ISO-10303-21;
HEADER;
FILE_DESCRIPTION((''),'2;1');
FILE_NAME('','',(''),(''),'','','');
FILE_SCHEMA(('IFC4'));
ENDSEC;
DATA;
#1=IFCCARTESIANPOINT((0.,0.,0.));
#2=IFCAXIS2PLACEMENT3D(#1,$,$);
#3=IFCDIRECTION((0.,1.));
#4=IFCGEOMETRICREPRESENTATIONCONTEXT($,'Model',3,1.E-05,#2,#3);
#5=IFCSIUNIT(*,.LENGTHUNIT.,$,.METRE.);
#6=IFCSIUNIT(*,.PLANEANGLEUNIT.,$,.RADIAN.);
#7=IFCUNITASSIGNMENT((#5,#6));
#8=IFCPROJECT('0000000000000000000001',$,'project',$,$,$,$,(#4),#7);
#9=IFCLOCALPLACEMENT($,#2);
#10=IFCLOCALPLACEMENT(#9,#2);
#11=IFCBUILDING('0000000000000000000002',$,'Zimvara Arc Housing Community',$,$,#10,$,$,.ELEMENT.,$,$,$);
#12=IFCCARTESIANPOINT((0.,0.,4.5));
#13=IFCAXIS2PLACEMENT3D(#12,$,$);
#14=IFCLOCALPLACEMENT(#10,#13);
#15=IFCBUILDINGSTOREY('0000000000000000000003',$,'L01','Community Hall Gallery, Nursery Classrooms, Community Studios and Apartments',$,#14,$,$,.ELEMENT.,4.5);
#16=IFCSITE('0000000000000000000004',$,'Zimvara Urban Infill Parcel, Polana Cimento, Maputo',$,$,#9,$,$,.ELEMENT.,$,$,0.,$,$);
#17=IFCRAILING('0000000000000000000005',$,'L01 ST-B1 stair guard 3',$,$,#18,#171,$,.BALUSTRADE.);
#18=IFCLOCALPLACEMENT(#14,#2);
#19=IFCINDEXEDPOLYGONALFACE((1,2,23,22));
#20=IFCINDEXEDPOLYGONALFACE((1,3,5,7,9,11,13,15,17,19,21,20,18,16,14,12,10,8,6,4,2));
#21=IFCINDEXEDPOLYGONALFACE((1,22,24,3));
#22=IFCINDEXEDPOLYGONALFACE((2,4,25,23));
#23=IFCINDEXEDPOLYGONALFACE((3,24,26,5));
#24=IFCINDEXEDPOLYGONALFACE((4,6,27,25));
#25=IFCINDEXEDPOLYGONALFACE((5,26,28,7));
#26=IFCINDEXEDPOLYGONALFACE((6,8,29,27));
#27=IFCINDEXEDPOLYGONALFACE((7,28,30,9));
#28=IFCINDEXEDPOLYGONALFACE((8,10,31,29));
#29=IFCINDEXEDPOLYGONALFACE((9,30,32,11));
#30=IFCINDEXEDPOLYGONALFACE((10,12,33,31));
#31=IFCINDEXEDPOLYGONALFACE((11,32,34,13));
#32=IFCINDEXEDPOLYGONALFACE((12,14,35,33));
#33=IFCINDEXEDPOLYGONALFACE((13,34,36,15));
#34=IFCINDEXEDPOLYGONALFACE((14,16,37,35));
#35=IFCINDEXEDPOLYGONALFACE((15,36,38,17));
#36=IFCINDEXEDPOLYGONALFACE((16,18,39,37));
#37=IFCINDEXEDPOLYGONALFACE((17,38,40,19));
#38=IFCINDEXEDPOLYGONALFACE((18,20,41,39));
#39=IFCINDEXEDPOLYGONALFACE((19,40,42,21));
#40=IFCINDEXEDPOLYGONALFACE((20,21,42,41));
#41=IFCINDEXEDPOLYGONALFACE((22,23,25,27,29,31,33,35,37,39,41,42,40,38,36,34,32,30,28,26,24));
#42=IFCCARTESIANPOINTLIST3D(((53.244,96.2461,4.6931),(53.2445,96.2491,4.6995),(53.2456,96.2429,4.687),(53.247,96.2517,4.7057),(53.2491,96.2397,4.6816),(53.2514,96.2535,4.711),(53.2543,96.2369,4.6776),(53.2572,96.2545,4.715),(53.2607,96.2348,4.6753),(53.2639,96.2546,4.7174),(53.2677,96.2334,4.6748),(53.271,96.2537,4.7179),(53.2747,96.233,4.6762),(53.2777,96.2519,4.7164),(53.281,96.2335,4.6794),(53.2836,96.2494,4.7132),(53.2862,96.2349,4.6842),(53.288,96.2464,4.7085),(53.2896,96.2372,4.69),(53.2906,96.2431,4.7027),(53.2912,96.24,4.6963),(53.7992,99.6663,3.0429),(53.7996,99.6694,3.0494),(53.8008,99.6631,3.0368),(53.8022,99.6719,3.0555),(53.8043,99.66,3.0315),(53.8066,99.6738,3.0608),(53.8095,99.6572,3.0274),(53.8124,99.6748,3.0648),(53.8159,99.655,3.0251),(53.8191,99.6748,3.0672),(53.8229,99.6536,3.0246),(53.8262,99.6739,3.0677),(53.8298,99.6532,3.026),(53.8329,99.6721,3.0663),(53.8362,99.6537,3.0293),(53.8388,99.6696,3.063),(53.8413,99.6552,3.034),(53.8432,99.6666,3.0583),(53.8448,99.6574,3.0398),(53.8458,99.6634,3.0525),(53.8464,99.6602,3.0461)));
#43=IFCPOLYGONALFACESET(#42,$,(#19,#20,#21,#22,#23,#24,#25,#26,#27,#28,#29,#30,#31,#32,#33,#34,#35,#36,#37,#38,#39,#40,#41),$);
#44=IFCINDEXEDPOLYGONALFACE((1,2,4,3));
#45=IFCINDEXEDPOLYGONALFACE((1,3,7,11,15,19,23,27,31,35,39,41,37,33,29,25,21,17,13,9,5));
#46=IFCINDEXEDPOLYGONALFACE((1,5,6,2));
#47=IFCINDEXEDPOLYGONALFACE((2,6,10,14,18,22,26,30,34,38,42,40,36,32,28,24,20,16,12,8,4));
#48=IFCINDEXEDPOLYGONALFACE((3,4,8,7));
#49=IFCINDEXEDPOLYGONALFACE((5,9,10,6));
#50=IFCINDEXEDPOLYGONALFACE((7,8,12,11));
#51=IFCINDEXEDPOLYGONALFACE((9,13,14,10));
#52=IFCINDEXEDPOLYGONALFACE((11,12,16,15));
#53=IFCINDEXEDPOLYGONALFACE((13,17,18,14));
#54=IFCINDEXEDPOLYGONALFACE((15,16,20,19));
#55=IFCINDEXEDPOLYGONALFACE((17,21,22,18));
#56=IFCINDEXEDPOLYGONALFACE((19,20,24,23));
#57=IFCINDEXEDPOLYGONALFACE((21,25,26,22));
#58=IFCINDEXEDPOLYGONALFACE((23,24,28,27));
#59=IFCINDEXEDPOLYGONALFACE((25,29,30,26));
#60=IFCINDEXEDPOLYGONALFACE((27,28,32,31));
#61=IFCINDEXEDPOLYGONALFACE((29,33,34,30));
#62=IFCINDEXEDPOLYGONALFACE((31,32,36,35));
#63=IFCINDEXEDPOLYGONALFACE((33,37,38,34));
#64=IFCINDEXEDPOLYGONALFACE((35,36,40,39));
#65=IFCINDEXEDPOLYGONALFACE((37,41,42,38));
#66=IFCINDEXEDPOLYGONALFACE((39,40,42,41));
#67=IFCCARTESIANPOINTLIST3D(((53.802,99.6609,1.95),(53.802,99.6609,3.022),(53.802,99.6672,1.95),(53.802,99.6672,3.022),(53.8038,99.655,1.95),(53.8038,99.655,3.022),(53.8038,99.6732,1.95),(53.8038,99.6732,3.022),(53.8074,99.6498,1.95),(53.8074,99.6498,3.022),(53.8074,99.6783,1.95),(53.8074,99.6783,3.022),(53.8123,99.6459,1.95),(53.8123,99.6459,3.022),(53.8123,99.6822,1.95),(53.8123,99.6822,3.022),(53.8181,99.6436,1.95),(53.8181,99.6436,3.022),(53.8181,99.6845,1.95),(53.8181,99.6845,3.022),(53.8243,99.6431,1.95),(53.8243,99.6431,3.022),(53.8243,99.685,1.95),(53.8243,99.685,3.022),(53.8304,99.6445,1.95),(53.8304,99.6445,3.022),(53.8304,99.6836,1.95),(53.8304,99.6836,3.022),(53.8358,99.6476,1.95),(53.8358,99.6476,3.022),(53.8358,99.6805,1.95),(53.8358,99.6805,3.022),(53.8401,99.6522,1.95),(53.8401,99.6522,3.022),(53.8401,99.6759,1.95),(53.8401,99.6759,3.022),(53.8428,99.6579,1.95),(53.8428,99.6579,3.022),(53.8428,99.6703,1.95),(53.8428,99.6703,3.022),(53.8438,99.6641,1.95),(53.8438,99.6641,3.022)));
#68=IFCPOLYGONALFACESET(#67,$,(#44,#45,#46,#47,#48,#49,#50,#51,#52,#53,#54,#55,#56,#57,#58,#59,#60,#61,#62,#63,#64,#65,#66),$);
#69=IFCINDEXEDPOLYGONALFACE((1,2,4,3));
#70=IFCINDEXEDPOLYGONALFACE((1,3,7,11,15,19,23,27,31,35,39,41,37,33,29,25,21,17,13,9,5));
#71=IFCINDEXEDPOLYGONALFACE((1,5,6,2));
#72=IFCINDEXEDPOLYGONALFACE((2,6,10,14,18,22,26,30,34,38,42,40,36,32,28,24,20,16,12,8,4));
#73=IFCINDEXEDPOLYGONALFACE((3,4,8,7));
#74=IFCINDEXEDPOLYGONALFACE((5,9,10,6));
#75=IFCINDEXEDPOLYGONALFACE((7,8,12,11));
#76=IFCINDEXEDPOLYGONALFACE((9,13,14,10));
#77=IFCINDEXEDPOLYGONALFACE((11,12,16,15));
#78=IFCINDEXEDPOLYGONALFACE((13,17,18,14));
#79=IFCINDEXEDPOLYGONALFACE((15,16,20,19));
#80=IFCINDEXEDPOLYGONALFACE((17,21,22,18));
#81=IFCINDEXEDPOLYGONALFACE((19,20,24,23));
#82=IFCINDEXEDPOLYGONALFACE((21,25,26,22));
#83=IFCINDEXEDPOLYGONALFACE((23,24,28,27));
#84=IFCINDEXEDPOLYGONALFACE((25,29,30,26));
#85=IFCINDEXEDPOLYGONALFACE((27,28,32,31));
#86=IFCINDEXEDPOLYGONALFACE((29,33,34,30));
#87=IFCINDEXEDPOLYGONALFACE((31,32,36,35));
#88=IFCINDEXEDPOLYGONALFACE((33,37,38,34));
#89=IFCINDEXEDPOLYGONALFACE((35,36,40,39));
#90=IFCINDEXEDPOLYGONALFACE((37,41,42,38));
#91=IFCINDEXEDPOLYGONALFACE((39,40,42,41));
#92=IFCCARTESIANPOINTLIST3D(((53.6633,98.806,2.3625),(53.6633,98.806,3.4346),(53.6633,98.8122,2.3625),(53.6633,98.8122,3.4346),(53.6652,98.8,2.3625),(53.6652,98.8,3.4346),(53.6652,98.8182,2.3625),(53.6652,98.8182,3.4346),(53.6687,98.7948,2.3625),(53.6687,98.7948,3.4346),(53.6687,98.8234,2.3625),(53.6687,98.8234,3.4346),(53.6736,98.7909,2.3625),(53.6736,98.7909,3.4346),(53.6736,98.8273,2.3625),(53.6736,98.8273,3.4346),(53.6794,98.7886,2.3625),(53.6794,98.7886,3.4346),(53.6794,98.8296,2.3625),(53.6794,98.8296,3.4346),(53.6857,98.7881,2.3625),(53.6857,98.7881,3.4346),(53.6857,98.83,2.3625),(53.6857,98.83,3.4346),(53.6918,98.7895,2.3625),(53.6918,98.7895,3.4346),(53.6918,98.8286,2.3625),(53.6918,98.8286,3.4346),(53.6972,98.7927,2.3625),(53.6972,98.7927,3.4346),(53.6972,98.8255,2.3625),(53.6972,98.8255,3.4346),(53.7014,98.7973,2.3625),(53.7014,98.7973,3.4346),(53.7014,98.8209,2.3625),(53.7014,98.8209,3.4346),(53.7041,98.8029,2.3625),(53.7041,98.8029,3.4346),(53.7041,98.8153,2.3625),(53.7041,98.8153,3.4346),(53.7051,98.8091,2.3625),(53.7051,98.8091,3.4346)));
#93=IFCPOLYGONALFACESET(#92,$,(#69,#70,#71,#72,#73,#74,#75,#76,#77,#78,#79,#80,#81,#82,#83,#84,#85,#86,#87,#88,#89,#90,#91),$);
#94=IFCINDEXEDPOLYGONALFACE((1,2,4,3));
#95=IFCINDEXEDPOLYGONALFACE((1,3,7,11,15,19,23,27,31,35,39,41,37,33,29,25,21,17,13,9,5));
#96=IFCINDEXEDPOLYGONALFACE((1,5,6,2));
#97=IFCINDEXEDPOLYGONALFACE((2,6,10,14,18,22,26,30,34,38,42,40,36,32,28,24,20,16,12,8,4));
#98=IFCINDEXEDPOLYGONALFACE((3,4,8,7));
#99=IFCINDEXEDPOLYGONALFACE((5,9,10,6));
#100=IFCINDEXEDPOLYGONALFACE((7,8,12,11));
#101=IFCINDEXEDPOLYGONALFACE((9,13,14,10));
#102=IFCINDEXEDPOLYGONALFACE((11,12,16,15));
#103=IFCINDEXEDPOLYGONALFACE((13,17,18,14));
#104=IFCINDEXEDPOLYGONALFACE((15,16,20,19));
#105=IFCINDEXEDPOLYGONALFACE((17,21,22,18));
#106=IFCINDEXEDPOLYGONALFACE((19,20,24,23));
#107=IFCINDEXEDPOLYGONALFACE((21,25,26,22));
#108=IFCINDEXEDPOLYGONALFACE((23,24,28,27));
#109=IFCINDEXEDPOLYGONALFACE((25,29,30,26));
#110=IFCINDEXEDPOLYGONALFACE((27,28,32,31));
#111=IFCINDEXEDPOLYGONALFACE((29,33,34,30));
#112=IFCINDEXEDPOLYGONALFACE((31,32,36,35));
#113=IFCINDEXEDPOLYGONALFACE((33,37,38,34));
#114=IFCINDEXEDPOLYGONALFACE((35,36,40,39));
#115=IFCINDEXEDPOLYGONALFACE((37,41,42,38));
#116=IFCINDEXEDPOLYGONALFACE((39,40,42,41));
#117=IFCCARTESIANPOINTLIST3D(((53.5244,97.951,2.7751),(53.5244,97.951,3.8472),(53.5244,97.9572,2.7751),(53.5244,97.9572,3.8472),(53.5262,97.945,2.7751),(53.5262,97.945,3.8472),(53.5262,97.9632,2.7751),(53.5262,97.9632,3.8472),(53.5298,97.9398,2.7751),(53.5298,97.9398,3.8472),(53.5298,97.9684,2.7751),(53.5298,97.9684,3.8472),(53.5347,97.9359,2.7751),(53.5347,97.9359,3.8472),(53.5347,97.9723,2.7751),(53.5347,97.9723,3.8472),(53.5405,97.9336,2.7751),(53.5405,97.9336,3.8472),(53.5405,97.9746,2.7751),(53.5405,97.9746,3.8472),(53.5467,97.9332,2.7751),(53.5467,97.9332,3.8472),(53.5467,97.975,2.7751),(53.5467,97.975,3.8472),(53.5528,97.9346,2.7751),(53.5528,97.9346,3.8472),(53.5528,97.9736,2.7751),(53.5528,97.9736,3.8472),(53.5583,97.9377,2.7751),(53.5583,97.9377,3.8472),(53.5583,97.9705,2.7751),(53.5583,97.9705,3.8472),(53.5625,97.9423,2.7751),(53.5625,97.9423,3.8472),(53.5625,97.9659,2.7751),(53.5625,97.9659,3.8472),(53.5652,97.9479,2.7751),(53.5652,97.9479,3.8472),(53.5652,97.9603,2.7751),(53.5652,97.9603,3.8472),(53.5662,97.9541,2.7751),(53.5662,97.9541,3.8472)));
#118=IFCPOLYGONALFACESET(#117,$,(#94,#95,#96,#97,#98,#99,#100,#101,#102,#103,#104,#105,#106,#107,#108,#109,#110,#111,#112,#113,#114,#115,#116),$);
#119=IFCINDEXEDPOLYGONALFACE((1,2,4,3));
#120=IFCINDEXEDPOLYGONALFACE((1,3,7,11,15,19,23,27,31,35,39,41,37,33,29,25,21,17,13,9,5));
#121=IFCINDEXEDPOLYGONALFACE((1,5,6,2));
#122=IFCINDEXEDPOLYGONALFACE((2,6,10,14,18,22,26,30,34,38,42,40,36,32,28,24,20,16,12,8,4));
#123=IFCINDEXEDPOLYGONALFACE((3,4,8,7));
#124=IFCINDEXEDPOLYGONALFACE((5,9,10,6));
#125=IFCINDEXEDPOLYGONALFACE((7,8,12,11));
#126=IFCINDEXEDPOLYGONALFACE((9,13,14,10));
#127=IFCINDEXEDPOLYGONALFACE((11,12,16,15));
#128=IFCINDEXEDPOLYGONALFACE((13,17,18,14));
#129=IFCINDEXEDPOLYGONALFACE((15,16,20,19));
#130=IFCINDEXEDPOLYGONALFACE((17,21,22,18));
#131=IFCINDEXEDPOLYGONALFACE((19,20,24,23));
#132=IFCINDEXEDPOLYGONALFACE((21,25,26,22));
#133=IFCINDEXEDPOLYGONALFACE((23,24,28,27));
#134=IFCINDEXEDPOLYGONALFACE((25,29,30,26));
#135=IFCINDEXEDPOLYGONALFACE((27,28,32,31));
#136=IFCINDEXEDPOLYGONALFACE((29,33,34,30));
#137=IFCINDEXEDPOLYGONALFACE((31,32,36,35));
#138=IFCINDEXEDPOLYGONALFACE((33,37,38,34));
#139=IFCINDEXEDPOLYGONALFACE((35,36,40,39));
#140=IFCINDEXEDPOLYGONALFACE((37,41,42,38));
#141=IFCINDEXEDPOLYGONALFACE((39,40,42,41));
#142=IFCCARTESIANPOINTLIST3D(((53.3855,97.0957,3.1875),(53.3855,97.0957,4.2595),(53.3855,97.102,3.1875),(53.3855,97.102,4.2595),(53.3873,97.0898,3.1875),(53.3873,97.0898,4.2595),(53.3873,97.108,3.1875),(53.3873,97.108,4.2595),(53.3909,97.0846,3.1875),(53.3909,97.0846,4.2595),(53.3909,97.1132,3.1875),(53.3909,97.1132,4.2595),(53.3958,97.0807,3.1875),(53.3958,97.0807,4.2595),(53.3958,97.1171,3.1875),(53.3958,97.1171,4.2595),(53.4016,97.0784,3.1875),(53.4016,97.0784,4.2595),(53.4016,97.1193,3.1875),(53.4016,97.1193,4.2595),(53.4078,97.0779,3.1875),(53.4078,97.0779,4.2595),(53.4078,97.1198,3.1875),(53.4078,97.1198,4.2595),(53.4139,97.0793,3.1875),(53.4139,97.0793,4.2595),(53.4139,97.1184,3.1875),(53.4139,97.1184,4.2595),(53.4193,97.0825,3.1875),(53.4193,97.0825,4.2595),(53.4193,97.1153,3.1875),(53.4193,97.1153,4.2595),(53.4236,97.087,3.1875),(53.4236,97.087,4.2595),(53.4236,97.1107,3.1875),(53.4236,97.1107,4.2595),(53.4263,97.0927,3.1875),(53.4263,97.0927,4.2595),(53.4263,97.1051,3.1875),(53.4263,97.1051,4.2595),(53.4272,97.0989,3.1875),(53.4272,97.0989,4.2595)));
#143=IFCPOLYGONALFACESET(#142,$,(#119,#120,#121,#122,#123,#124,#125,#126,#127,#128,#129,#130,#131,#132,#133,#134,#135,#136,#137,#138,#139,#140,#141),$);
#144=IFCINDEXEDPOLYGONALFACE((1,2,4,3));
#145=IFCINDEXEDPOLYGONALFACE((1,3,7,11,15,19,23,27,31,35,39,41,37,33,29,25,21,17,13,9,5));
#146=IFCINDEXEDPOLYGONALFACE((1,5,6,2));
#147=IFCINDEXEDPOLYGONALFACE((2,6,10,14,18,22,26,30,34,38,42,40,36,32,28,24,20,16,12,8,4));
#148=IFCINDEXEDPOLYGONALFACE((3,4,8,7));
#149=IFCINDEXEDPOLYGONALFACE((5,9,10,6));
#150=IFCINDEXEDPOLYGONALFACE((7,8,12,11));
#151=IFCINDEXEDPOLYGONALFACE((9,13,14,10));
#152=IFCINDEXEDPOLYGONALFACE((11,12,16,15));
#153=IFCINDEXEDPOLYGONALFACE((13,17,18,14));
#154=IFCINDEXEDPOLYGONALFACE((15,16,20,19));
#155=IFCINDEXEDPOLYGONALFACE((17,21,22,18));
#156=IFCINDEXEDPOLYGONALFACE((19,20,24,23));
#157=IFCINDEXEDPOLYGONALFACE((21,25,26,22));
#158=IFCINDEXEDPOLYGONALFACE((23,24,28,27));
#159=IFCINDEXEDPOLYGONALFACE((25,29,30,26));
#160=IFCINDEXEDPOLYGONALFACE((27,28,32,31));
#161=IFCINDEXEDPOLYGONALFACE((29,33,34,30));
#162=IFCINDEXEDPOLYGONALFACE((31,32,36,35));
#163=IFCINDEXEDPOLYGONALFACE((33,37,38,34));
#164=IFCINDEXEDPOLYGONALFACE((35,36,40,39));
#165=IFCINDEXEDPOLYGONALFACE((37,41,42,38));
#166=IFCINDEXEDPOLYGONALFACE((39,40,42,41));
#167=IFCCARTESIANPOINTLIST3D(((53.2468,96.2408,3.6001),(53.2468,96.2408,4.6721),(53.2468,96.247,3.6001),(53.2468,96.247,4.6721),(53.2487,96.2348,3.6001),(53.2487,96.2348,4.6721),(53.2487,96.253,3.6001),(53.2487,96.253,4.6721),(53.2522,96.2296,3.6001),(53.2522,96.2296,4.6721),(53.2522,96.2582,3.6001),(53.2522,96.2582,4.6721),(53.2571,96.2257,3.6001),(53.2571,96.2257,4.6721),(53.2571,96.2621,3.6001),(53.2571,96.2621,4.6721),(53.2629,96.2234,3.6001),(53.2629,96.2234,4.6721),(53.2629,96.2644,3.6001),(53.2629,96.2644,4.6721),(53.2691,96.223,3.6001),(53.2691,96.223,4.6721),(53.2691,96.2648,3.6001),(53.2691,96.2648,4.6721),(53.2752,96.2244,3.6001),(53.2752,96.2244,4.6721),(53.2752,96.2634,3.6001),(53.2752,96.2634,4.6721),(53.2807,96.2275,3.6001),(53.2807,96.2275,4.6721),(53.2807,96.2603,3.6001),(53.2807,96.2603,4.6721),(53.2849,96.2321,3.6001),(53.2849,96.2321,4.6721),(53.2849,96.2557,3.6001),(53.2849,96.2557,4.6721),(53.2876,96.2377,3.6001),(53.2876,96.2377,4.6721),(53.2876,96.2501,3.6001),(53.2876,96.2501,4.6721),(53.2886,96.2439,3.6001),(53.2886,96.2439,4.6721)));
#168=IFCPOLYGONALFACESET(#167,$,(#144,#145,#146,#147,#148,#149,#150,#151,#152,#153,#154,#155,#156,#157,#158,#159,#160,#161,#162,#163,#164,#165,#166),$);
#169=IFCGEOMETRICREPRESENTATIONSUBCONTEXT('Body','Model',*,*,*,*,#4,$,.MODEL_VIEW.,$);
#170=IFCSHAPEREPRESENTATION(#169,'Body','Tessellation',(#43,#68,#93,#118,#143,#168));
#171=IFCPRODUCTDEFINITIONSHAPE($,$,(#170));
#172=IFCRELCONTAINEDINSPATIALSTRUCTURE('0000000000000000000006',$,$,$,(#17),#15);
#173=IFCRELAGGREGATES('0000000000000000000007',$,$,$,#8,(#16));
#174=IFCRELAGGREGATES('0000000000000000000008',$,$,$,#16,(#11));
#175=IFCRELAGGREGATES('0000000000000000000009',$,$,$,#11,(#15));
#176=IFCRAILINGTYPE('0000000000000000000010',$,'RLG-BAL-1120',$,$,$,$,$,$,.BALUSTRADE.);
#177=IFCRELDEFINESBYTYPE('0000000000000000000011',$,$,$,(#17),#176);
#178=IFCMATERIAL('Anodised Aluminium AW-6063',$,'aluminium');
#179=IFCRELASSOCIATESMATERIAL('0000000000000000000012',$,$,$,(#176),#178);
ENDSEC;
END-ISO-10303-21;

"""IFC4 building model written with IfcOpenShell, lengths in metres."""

from ifc_helpers import new_model, si_unit, direction, frame, origin, origin_2d, place, context, subcontext, project, spatial, circle, extrude, material, type_object, element, save


model = new_model("IFC4")

# Units and contexts
model_context = context("Model", 3, precision=1e-05, world=origin(), true_north=direction((0.0, 1.0)))
body_context = subcontext(model_context, "Body", "Model", "MODEL_VIEW")
ifc_project = project(units=[si_unit("LENGTHUNIT", "METRE"), si_unit("PLANEANGLEUNIT", "RADIAN")], contexts=[model_context])

# Site, building, storey
site_placement = place(None, origin())
site = spatial("IfcSite", under=ifc_project, at=site_placement, Name="Zimvara Urban Infill Parcel, Polana Cimento, Maputo", CompositionType="ELEMENT", RefElevation=0.0)
building_placement = place(site_placement, origin())
building = spatial("IfcBuilding", under=site, at=building_placement, Name="Zimvara Arc Housing Community", CompositionType="ELEMENT")
storey_placement = place(building_placement, frame((0.0, 0.0, 4.5)))
storey = spatial("IfcBuildingStorey", under=building, at=storey_placement, Name="L01", Description="Community Hall Gallery, Nursery Classrooms, Community Studios and Apartments", CompositionType="ELEMENT", Elevation=4.5)

# Railing
ifc_material_1 = material(Name="Anodised Aluminium AW-6063", Category="aluminium")
railing_type_1 = type_object("IfcRailingType", Name="RLG-BAL-1120", PredefinedType="BALUSTRADE", material=ifc_material_1)
railing_1_placement = place(storey_placement, frame((53.8228, 99.6641, 1.95)))
element("IfcRailing", 1, at=railing_1_placement, inside=storey, type_object=railing_type_1, Name="L01 ST-B1 stair guard 3", PredefinedType="BALUSTRADE", context=body_context, shape_type="SweptSolid", body=[
    extrude(circle(Radius=0.0239, at=origin_2d()), frame((0.0, 0.0, 1.0962), z_axis=(-0.14466, -0.891178, 0.429972), x_axis=(0.98708, -0.160227, 0.0)), (0.0, 0.0, 1.0), 3.8379),
    extrude(circle(Radius=0.021, at=origin_2d()), origin(), (0.0, 0.0, 1.0), 1.072),
    extrude(circle(Radius=0.021, at=origin_2d()), frame((-0.1387, -0.855, 0.4126)), (0.0, 0.0, 1.0), 1.072),
    extrude(circle(Radius=0.021, at=origin_2d()), frame((-0.2776, -1.71, 0.8252)), (0.0, 0.0, 1.0), 1.072),
    extrude(circle(Radius=0.021, at=origin_2d()), frame((-0.4165, -2.5652, 1.2375)), (0.0, 0.0, 1.0), 1.072),
    extrude(circle(Radius=0.021, at=origin_2d()), frame((-0.5552, -3.4202, 1.6501)), (0.0, 0.0, 1.0), 1.072),
])

save(model, "model.ifc")
